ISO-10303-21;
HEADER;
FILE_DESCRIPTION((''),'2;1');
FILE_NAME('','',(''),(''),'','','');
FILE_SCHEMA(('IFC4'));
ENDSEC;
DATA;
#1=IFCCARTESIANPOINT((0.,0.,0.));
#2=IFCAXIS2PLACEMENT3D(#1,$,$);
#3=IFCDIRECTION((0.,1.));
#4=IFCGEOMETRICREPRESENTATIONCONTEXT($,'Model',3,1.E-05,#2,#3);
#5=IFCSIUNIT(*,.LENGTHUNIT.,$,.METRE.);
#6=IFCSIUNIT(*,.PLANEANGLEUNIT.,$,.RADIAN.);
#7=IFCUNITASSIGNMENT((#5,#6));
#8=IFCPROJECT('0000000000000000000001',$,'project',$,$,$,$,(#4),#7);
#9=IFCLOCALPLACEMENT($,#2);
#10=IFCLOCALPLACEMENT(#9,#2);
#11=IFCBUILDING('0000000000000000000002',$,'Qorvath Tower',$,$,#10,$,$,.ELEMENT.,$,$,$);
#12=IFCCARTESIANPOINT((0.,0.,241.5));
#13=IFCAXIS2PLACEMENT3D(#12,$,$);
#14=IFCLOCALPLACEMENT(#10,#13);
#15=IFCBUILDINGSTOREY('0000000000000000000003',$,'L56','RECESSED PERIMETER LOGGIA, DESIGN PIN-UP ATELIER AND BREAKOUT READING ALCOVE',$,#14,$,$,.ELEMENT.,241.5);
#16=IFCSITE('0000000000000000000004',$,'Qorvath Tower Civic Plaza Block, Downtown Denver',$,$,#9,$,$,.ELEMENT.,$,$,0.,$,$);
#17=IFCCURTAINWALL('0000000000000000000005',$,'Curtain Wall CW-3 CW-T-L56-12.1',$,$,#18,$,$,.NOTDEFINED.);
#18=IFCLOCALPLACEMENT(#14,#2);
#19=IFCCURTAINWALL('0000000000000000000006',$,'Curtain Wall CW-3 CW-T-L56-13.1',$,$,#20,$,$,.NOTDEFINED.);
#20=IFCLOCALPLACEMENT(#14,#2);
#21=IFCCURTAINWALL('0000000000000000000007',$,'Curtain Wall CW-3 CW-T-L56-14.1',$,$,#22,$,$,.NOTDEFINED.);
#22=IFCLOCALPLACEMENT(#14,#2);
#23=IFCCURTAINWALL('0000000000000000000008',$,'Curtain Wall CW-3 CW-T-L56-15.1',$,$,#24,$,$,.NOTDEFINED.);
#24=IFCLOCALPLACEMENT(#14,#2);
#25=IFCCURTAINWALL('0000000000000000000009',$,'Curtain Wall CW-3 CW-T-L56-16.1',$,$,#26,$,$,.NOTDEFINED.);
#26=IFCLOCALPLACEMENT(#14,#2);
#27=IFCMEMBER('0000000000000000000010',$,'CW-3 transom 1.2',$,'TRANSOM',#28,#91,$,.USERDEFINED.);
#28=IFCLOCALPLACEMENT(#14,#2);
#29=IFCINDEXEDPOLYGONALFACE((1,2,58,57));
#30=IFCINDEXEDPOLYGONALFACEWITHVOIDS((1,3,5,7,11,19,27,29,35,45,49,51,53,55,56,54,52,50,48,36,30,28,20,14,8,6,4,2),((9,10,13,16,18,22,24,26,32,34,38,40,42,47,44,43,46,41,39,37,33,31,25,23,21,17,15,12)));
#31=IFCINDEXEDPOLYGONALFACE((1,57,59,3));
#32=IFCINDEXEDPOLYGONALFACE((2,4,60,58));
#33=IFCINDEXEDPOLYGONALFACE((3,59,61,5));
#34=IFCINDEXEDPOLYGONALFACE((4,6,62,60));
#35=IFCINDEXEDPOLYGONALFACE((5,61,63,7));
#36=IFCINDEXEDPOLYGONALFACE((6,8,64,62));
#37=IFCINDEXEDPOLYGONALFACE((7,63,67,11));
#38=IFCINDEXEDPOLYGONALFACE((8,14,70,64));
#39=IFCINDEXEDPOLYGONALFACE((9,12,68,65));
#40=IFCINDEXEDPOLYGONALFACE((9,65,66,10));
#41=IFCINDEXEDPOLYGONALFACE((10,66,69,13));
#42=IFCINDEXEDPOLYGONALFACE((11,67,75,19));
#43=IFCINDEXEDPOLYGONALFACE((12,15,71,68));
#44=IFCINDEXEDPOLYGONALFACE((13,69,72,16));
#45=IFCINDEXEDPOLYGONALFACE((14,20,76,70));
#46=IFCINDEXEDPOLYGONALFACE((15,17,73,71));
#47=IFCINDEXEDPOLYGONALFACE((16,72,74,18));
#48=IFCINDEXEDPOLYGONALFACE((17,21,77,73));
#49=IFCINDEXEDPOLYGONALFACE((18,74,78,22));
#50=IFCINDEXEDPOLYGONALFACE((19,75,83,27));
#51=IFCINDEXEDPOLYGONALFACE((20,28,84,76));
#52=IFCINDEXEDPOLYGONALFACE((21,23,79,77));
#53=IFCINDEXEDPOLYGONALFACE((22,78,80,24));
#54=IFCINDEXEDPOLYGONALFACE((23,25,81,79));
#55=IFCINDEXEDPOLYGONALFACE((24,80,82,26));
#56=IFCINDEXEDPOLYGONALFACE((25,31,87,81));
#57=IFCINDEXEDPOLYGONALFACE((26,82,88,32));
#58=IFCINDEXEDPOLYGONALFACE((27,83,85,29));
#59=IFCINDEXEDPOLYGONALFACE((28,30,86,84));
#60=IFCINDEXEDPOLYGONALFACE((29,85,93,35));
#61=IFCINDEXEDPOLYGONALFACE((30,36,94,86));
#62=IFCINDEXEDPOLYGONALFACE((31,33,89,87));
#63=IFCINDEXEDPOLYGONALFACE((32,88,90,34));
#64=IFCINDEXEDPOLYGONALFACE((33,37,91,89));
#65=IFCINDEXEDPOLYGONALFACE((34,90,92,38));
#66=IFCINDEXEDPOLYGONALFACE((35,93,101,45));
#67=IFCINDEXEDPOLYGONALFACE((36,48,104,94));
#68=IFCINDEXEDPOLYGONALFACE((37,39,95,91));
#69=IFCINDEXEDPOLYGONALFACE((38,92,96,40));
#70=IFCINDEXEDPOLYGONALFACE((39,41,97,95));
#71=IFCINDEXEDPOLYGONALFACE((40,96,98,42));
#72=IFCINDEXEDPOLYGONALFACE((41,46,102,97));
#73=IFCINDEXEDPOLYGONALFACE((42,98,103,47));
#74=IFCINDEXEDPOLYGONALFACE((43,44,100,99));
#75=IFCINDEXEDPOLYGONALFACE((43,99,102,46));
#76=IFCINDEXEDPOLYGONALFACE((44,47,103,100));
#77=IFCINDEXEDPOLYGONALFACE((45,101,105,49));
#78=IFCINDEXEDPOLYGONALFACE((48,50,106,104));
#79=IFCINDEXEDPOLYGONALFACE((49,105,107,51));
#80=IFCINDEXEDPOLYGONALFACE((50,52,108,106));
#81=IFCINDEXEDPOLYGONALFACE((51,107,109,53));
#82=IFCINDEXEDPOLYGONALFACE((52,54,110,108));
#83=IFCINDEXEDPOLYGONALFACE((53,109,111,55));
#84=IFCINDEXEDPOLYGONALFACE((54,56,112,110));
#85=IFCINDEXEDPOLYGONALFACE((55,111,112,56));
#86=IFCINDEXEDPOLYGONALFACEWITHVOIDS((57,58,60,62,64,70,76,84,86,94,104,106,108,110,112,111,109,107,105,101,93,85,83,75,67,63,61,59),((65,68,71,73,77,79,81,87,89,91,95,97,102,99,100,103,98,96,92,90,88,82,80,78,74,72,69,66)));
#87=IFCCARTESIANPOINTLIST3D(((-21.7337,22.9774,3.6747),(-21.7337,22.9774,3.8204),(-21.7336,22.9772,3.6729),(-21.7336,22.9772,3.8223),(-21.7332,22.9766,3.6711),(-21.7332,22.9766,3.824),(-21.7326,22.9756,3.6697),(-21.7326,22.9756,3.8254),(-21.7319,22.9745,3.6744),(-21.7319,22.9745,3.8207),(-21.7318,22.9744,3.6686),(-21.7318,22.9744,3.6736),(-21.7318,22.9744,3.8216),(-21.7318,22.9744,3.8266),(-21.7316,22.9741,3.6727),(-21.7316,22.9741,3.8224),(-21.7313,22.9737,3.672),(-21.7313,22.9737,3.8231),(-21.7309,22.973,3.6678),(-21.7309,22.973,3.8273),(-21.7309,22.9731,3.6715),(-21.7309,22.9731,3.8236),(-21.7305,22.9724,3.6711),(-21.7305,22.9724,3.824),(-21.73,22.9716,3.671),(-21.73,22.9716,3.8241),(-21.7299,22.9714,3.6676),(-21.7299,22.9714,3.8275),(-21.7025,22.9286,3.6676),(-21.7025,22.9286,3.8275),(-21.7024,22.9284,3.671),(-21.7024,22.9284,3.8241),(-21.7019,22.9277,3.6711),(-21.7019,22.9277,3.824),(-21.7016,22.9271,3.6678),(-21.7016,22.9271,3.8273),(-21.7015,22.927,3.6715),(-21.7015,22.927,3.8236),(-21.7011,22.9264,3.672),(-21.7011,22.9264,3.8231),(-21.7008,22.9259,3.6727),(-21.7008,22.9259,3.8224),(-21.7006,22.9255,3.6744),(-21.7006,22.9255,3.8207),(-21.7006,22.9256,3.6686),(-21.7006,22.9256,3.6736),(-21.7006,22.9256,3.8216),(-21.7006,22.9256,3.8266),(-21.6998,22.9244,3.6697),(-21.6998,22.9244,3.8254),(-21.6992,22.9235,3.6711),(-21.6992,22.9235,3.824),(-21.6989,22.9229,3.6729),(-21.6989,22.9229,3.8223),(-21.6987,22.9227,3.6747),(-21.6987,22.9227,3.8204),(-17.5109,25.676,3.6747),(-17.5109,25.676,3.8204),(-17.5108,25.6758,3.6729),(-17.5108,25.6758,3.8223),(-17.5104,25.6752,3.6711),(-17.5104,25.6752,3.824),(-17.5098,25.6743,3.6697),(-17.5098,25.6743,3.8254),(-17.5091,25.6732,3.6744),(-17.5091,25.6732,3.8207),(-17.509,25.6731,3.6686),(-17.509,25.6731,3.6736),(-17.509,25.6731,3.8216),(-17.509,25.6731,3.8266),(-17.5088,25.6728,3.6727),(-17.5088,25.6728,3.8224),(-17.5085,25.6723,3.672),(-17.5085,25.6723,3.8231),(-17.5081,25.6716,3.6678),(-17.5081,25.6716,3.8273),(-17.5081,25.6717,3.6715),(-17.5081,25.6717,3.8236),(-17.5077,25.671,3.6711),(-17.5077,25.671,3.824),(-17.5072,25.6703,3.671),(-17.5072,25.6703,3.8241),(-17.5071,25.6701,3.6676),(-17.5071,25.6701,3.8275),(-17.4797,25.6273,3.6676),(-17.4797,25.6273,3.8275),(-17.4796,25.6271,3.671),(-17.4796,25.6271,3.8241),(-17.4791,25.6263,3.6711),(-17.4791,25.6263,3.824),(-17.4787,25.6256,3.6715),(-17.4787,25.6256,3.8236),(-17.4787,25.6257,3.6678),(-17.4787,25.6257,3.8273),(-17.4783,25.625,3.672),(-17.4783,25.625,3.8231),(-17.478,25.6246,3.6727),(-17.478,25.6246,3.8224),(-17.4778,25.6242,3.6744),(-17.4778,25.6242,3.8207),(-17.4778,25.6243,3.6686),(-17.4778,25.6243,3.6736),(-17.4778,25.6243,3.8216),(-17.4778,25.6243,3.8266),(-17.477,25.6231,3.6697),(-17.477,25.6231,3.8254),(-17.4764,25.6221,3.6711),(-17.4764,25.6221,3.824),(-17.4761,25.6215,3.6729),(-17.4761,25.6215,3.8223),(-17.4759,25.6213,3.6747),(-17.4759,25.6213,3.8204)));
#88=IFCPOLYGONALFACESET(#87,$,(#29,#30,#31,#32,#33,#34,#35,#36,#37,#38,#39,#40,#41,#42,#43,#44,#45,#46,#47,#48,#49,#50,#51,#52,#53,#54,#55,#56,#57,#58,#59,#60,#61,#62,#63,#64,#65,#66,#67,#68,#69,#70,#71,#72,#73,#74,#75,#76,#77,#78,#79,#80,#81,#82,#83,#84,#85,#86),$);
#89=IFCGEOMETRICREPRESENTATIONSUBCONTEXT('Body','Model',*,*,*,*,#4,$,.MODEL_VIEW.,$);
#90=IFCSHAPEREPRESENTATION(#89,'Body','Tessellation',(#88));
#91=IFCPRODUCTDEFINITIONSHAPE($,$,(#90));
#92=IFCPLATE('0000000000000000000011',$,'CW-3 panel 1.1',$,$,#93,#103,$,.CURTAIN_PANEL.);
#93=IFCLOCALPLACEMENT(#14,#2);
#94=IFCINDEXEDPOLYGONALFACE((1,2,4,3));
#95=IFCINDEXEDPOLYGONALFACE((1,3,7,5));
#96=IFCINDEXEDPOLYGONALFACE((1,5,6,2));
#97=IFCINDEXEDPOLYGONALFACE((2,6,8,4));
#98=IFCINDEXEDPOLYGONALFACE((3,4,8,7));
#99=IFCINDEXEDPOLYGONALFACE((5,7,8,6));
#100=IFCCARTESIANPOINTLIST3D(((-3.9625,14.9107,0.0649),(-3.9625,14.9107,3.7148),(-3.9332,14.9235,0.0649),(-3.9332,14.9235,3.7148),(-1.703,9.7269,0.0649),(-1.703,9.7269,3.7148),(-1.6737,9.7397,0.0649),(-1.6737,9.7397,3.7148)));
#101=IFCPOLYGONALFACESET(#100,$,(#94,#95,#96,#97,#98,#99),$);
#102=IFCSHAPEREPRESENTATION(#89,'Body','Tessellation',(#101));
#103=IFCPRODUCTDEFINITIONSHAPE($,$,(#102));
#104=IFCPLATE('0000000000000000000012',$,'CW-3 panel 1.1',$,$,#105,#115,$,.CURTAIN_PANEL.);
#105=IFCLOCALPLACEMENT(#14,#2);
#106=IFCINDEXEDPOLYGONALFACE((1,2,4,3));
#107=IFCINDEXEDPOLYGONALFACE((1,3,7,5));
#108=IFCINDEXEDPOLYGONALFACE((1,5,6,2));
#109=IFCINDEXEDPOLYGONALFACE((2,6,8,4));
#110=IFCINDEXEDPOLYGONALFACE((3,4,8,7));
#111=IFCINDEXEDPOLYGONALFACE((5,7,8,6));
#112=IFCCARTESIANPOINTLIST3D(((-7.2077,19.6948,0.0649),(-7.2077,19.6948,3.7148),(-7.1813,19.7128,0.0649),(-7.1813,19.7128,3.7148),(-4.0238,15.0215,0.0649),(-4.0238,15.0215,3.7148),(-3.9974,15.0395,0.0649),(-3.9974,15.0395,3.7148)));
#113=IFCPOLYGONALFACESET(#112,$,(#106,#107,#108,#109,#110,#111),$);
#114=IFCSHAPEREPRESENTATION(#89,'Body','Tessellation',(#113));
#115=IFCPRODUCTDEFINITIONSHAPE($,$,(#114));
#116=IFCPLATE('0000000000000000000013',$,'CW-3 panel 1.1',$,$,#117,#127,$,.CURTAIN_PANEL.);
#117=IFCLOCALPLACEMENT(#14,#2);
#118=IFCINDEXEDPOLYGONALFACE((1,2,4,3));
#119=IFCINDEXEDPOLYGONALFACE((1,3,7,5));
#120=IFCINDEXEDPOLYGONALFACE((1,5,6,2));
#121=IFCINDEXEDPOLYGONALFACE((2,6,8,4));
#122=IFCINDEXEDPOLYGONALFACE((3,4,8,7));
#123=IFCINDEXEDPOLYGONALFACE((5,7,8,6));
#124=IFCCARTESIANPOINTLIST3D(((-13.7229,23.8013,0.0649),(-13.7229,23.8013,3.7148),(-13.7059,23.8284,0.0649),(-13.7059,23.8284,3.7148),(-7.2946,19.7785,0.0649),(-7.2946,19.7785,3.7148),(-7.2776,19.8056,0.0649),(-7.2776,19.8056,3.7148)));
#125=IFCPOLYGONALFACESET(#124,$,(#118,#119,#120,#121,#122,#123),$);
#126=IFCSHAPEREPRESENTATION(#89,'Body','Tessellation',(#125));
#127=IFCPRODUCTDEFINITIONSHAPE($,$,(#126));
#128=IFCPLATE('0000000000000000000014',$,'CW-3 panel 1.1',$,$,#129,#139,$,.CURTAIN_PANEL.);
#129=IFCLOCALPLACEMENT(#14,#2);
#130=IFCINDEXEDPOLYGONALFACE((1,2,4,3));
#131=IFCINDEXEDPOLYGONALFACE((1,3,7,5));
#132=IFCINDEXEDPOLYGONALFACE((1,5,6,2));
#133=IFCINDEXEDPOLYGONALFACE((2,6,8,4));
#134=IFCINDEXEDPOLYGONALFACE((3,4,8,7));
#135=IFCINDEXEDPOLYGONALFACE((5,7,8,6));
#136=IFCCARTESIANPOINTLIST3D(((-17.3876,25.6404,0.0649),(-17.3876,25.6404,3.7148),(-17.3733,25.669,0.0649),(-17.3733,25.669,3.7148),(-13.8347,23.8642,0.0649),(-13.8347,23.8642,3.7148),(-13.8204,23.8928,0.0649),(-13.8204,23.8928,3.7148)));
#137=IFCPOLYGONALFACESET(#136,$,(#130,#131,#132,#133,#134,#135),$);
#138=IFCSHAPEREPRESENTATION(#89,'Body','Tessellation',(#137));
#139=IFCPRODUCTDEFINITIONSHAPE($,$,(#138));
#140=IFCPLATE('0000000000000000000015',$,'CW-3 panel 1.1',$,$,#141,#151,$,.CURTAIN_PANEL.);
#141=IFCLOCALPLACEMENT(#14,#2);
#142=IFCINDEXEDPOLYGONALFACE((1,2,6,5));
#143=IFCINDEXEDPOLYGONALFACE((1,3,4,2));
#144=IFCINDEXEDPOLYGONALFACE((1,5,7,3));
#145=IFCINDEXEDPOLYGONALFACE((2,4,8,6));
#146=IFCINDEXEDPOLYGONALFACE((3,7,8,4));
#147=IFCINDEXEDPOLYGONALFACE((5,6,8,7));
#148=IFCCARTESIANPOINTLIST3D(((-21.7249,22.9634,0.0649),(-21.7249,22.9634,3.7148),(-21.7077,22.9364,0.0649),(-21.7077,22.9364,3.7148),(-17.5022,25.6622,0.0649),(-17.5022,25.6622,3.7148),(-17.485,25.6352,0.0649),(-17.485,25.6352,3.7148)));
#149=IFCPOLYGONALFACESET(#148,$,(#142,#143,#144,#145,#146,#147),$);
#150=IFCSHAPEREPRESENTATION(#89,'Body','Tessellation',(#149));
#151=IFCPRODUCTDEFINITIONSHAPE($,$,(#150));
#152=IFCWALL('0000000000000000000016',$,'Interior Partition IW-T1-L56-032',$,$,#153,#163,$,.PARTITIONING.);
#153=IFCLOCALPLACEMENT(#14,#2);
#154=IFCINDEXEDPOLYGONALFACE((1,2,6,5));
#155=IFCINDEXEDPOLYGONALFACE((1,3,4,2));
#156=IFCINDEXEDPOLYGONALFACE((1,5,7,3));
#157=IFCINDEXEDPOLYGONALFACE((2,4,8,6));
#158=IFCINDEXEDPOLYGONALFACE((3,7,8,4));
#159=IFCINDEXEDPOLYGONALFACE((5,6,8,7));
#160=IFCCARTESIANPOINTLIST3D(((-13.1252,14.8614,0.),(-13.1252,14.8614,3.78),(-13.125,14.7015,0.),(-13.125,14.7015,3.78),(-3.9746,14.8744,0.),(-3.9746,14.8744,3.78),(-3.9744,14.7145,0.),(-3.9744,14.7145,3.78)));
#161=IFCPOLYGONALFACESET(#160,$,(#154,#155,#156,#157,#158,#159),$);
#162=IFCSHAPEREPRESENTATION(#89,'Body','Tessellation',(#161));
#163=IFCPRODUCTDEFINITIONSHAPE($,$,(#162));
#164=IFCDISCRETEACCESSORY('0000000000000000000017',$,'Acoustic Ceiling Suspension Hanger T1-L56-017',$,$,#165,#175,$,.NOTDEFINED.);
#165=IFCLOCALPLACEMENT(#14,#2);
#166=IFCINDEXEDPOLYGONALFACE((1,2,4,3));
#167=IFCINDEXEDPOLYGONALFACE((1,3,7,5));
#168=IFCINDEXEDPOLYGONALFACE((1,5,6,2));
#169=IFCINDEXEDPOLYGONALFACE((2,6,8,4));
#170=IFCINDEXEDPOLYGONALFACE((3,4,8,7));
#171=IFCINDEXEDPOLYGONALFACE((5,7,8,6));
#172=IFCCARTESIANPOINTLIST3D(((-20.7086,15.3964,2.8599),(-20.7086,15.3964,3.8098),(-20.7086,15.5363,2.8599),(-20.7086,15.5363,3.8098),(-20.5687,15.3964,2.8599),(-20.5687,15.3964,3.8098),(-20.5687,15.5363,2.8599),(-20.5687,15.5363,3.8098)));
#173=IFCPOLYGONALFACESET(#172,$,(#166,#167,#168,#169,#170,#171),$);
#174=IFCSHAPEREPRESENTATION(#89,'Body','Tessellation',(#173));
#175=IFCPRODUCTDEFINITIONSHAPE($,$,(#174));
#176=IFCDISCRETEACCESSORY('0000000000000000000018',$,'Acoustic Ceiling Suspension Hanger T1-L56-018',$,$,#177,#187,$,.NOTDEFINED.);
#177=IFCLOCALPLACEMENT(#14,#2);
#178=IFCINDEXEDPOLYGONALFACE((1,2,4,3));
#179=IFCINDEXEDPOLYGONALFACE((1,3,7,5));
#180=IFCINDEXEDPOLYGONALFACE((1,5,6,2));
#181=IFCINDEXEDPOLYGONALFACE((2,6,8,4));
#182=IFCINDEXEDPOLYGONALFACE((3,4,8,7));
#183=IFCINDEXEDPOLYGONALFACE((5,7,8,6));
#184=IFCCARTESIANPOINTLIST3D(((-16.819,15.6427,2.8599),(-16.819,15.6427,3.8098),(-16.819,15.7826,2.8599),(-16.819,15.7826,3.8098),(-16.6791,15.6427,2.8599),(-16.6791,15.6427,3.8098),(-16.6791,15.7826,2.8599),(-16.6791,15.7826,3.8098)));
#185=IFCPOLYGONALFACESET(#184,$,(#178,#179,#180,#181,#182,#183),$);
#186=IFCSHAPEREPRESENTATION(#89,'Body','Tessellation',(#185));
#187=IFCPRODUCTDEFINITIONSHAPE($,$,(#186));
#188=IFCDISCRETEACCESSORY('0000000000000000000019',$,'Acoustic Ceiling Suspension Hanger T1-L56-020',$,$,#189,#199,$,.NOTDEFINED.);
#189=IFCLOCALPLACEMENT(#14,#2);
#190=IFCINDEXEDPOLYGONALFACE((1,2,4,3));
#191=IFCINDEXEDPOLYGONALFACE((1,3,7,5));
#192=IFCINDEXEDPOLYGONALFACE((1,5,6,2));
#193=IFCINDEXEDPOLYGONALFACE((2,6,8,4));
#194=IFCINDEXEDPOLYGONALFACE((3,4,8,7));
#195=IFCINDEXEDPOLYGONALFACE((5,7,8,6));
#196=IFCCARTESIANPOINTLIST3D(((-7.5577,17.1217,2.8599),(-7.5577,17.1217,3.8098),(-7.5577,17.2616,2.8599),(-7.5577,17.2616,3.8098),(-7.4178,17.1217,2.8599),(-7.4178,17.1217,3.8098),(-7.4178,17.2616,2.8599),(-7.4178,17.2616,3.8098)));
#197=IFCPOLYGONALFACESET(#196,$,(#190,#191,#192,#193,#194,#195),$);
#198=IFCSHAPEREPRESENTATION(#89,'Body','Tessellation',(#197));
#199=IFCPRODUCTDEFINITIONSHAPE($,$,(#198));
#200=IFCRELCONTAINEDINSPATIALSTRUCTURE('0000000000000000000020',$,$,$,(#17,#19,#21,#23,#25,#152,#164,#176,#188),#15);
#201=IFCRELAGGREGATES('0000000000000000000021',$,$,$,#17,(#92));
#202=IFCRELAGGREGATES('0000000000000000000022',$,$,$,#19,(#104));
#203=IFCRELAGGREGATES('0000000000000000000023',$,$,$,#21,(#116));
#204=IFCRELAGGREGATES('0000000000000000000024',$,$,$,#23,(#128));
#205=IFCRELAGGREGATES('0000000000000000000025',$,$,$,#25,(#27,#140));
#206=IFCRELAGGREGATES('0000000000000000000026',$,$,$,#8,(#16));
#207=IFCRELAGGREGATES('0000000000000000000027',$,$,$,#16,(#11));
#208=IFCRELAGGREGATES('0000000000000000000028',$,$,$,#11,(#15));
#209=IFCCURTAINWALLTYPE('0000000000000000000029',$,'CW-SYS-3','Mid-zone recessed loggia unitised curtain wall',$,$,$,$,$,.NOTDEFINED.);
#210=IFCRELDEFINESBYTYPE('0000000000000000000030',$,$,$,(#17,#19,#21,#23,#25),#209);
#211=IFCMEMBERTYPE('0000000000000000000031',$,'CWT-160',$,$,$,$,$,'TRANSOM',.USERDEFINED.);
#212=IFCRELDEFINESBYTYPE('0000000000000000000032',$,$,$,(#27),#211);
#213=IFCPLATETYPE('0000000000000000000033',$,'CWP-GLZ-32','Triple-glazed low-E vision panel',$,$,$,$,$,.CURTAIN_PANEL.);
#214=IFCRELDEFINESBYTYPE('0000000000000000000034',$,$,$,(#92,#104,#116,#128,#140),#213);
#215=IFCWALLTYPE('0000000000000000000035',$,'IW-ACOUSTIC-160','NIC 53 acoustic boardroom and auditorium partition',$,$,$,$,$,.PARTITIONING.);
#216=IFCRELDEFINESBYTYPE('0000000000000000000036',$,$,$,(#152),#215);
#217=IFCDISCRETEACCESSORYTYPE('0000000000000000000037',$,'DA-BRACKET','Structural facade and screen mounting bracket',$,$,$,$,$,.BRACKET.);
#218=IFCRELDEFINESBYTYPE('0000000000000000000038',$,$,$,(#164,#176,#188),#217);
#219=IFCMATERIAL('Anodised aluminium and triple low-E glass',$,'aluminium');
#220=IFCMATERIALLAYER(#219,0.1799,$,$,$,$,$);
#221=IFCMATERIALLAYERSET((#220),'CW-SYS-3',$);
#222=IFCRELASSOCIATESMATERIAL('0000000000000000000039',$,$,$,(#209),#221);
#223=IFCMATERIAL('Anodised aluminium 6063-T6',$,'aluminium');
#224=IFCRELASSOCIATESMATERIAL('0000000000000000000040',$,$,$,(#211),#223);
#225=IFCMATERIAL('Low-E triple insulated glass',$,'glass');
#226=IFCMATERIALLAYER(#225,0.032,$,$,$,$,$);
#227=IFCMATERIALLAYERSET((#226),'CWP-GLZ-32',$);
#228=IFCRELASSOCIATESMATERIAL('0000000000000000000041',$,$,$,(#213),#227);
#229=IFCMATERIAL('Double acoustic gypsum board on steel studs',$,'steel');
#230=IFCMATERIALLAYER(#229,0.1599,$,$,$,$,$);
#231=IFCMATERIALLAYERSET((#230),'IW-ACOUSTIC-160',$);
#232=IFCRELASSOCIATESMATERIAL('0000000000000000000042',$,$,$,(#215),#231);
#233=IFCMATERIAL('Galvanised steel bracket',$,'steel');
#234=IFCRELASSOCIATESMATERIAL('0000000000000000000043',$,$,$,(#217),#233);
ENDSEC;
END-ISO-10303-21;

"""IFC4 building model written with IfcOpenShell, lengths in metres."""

from ifc_helpers import new_model, si_unit, direction, frame, frame_2d, origin, origin_2d, place, context, subcontext, project, spatial, rectangle, hollow_rectangle, extrude, material, layer, layer_set, material_profile, profile_set, type_object, element, aggregate, save


model = new_model("IFC4")

# Units and contexts
model_context = context("Model", 3, precision=1e-05, world=origin(), true_north=direction((0.0, 1.0)))
body_context = subcontext(model_context, "Body", "Model", "MODEL_VIEW")
ifc_project = project(units=[si_unit("LENGTHUNIT", "METRE"), si_unit("PLANEANGLEUNIT", "RADIAN")], contexts=[model_context])

# Site, building, storey
site_placement = place(None, origin())
site = spatial("IfcSite", under=ifc_project, at=site_placement, Name="Qorvath Tower Civic Plaza Block, Downtown Denver", CompositionType="ELEMENT", RefElevation=0.0)
building_placement = place(site_placement, origin())
building = spatial("IfcBuilding", under=site, at=building_placement, Name="Qorvath Tower", CompositionType="ELEMENT")
storey_placement = place(building_placement, frame((0.0, 0.0, 241.5)))
storey = spatial("IfcBuildingStorey", under=building, at=storey_placement, Name="L56", Description="RECESSED PERIMETER LOGGIA, DESIGN PIN-UP ATELIER AND BREAKOUT READING ALCOVE", CompositionType="ELEMENT", Elevation=241.5)

# Curtain wall
ifc_material_1 = material(Name="Anodised aluminium and triple low-E glass", Category="aluminium")
ifc_layer_1 = layer(ifc_material_1, 0.1799)
ifc_layer_set_1 = layer_set([ifc_layer_1], Name="CW-SYS-3")
curtain_wall_type = type_object("IfcCurtainWallType", Name="CW-SYS-3", Description="Mid-zone recessed loggia unitised curtain wall", PredefinedType="NOTDEFINED", material=ifc_layer_set_1)
curtain_wall_1_placement = place(storey_placement, origin())
curtain_wall_1 = element("IfcCurtainWall", 1, at=curtain_wall_1_placement, inside=storey, type_object=curtain_wall_type, Name="Curtain Wall CW-3 CW-T-L56-12.1", PredefinedType="NOTDEFINED")

# Curtain walls
curtain_wall_2_placement = place(storey_placement, origin())
curtain_wall_2 = element("IfcCurtainWall", 2, at=curtain_wall_2_placement, inside=storey, type_object=curtain_wall_type, Name="Curtain Wall CW-3 CW-T-L56-13.1", PredefinedType="NOTDEFINED")
curtain_wall_3_placement = place(storey_placement, origin())
curtain_wall_3 = element("IfcCurtainWall", 3, at=curtain_wall_3_placement, inside=storey, type_object=curtain_wall_type, Name="Curtain Wall CW-3 CW-T-L56-14.1", PredefinedType="NOTDEFINED")
curtain_wall_4_placement = place(storey_placement, origin())
curtain_wall_4 = element("IfcCurtainWall", 4, at=curtain_wall_4_placement, inside=storey, type_object=curtain_wall_type, Name="Curtain Wall CW-3 CW-T-L56-15.1", PredefinedType="NOTDEFINED")

# Curtain wall
curtain_wall_5_placement = place(storey_placement, origin())
curtain_wall_5 = element("IfcCurtainWall", 5, at=curtain_wall_5_placement, inside=storey, type_object=curtain_wall_type, Name="Curtain Wall CW-3 CW-T-L56-16.1", PredefinedType="NOTDEFINED")

# Member
ifc_material_2 = material(Name="Anodised aluminium 6063-T6", Category="aluminium")
ifc_material_profile_1 = material_profile(ifc_material_2, hollow_rectangle(XDim=0.0649, YDim=0.1599, WallThickness=0.0034, InnerFilletRadius=0.0034, OuterFilletRadius=0.0071, at=origin_2d()), Name="CWT 160x65")
ifc_profile_set_1 = profile_set([ifc_material_profile_1], Name="Anodised aluminium 6063-T6")
member_type_1 = type_object("IfcMemberType", Name="CWT-160", ElementType="TRANSOM", PredefinedType="USERDEFINED", material=ifc_profile_set_1)
member_1_placement = place(storey_placement, frame((-17.4934, 25.6487, 3.7476), z_axis=(-0.842627, -0.538498, 0.0), x_axis=(0.538498, -0.842627, 0.0)))
member_1 = element("IfcMember", 6, at=member_1_placement, type_object=member_type_1, Name="CW-3 transom 1.2", ObjectType="TRANSOM", PredefinedType="USERDEFINED", context=body_context, shape_type="SweptSolid", body=[
    extrude(hollow_rectangle(XDim=0.0649, YDim=0.1599, WallThickness=0.0034, InnerFilletRadius=0.0034, OuterFilletRadius=0.0071, at=origin_2d()), origin(), (0.0, 0.0, 1.0), 5.0115),
])

# Plates
ifc_material_3 = material(Name="Low-E triple insulated glass", Category="glass")
ifc_layer_2 = layer(ifc_material_3, 0.032)
ifc_layer_set_2 = layer_set([ifc_layer_2], Name="CWP-GLZ-32")
plate_type = type_object("IfcPlateType", Name="CWP-GLZ-32", Description="Triple-glazed low-E vision panel", PredefinedType="CURTAIN_PANEL", material=ifc_layer_set_2)
plate_1_placement = place(storey_placement, frame((-2.8181, 12.3252, 0.0649), z_axis=(0.0, 0.0, 1.0), x_axis=(-0.399576, 0.9167, 0.0)))
plate_1 = element("IfcPlate", 7, at=plate_1_placement, type_object=plate_type, Name="CW-3 panel 1.1", PredefinedType="CURTAIN_PANEL", context=body_context, shape_type="SweptSolid", body=[
    extrude(rectangle(XDim=5.6548, YDim=0.032, at=origin_2d()), origin(), (0.0, 0.0, 1.0), 3.6499),
])
aggregate(curtain_wall_1, [plate_1])
plate_2_placement = place(storey_placement, frame((-5.6025, 17.3672, 0.0649), z_axis=(0.0, 0.0, 1.0), x_axis=(-0.563037, 0.826431, 0.0)))
plate_2 = element("IfcPlate", 8, at=plate_2_placement, type_object=plate_type, Name="CW-3 panel 1.1", PredefinedType="CURTAIN_PANEL", context=body_context, shape_type="SweptSolid", body=[
    extrude(rectangle(XDim=5.6548, YDim=0.032, at=origin_2d()), origin(), (0.0, 0.0, 1.0), 3.6499),
])
aggregate(curtain_wall_2, [plate_2])
plate_3_placement = place(storey_placement, frame((-10.5002, 21.8035, 0.0649), z_axis=(0.0, 0.0, 1.0), x_axis=(-0.847693, 0.530487, 0.0)))
plate_3 = element("IfcPlate", 9, at=plate_3_placement, type_object=plate_type, Name="CW-3 panel 1.1", PredefinedType="CURTAIN_PANEL", context=body_context, shape_type="SweptSolid", body=[
    extrude(rectangle(XDim=7.5833, YDim=0.032, at=origin_2d()), origin(), (0.0, 0.0, 1.0), 3.6499),
])
aggregate(curtain_wall_3, [plate_3])
plate_4_placement = place(storey_placement, frame((-15.604, 24.7666, 0.0649), z_axis=(0.0, 0.0, 1.0), x_axis=(-0.894447, 0.447175, 0.0)))
plate_4 = element("IfcPlate", 10, at=plate_4_placement, type_object=plate_type, Name="CW-3 panel 1.1", PredefinedType="CURTAIN_PANEL", context=body_context, shape_type="SweptSolid", body=[
    extrude(rectangle(XDim=3.9722, YDim=0.032, at=origin_2d()), origin(), (0.0, 0.0, 1.0), 3.6499),
])
aggregate(curtain_wall_4, [plate_4])
plate_5_placement = place(storey_placement, frame((-19.605, 24.2993, 0.0649), z_axis=(0.0, 0.0, 1.0), x_axis=(-0.842608, -0.538527, 0.0)))
plate_5 = element("IfcPlate", 11, at=plate_5_placement, type_object=plate_type, Name="CW-3 panel 1.1", PredefinedType="CURTAIN_PANEL", context=body_context, shape_type="SweptSolid", body=[
    extrude(rectangle(XDim=5.0115, YDim=0.032, at=origin_2d()), origin(), (0.0, 0.0, 1.0), 3.6499),
])
aggregate(curtain_wall_5, [member_1, plate_5])

# Wall
ifc_material_4 = material(Name="Double acoustic gypsum board on steel studs", Category="steel")
ifc_layer_3 = layer(ifc_material_4, 0.1599)
ifc_layer_set_3 = layer_set([ifc_layer_3], Name="IW-ACOUSTIC-160")
wall_type = type_object("IfcWallType", Name="IW-ACOUSTIC-160", Description="NIC 53 acoustic boardroom and auditorium partition", PredefinedType="PARTITIONING", material=ifc_layer_set_3)
wall_placement = place(storey_placement, frame((-13.125, 14.7815, 0.0), z_axis=(0.0, 0.0, 1.0), x_axis=(0.999999, 0.001414, 0.0)))
element("IfcWall", 12, at=wall_placement, inside=storey, type_object=wall_type, Name="Interior Partition IW-T1-L56-032", PredefinedType="PARTITIONING", context=body_context, shape_type="SweptSolid", body=[
    extrude(rectangle(XDim=9.1506, YDim=0.1599, at=frame_2d((4.5752, 0.0))), origin(), (0.0, 0.0, 1.0), 3.78),
])

# Discrete accessories
ifc_material_5 = material(Name="Galvanised steel bracket", Category="steel")
discrete_accessory_type = type_object("IfcDiscreteAccessoryType", Name="DA-BRACKET", Description="Structural facade and screen mounting bracket", PredefinedType="BRACKET", material=ifc_material_5)
for number, where, z_axis, x_axis, name in (
    (13, (-20.6387, 15.4663, 2.8599), (0.0, 0.0, 1.0), (1.0, 0.0, 0.0), "Acoustic Ceiling Suspension Hanger T1-L56-017"),
    (14, (-16.749, 15.7126, 2.8599), (0.0, 0.0, 1.0), (1.0, 0.0, 0.0), "Acoustic Ceiling Suspension Hanger T1-L56-018"),
    (15, (-7.4878, 17.1917, 2.8599), (0.0, 0.0, 1.0), (1.0, 0.0, 0.0), "Acoustic Ceiling Suspension Hanger T1-L56-020"),
):
    element("IfcDiscreteAccessory", number, at=place(storey_placement, frame(where, z_axis=z_axis, x_axis=x_axis)), inside=storey, type_object=discrete_accessory_type, Name=name, PredefinedType="NOTDEFINED", context=body_context, shape_type="SweptSolid", body=[
        extrude(rectangle(XDim=0.1399, YDim=0.1399, at=origin_2d()), origin(), (0.0, 0.0, 1.0), 0.95),
    ])

save(model, "model.ifc")
